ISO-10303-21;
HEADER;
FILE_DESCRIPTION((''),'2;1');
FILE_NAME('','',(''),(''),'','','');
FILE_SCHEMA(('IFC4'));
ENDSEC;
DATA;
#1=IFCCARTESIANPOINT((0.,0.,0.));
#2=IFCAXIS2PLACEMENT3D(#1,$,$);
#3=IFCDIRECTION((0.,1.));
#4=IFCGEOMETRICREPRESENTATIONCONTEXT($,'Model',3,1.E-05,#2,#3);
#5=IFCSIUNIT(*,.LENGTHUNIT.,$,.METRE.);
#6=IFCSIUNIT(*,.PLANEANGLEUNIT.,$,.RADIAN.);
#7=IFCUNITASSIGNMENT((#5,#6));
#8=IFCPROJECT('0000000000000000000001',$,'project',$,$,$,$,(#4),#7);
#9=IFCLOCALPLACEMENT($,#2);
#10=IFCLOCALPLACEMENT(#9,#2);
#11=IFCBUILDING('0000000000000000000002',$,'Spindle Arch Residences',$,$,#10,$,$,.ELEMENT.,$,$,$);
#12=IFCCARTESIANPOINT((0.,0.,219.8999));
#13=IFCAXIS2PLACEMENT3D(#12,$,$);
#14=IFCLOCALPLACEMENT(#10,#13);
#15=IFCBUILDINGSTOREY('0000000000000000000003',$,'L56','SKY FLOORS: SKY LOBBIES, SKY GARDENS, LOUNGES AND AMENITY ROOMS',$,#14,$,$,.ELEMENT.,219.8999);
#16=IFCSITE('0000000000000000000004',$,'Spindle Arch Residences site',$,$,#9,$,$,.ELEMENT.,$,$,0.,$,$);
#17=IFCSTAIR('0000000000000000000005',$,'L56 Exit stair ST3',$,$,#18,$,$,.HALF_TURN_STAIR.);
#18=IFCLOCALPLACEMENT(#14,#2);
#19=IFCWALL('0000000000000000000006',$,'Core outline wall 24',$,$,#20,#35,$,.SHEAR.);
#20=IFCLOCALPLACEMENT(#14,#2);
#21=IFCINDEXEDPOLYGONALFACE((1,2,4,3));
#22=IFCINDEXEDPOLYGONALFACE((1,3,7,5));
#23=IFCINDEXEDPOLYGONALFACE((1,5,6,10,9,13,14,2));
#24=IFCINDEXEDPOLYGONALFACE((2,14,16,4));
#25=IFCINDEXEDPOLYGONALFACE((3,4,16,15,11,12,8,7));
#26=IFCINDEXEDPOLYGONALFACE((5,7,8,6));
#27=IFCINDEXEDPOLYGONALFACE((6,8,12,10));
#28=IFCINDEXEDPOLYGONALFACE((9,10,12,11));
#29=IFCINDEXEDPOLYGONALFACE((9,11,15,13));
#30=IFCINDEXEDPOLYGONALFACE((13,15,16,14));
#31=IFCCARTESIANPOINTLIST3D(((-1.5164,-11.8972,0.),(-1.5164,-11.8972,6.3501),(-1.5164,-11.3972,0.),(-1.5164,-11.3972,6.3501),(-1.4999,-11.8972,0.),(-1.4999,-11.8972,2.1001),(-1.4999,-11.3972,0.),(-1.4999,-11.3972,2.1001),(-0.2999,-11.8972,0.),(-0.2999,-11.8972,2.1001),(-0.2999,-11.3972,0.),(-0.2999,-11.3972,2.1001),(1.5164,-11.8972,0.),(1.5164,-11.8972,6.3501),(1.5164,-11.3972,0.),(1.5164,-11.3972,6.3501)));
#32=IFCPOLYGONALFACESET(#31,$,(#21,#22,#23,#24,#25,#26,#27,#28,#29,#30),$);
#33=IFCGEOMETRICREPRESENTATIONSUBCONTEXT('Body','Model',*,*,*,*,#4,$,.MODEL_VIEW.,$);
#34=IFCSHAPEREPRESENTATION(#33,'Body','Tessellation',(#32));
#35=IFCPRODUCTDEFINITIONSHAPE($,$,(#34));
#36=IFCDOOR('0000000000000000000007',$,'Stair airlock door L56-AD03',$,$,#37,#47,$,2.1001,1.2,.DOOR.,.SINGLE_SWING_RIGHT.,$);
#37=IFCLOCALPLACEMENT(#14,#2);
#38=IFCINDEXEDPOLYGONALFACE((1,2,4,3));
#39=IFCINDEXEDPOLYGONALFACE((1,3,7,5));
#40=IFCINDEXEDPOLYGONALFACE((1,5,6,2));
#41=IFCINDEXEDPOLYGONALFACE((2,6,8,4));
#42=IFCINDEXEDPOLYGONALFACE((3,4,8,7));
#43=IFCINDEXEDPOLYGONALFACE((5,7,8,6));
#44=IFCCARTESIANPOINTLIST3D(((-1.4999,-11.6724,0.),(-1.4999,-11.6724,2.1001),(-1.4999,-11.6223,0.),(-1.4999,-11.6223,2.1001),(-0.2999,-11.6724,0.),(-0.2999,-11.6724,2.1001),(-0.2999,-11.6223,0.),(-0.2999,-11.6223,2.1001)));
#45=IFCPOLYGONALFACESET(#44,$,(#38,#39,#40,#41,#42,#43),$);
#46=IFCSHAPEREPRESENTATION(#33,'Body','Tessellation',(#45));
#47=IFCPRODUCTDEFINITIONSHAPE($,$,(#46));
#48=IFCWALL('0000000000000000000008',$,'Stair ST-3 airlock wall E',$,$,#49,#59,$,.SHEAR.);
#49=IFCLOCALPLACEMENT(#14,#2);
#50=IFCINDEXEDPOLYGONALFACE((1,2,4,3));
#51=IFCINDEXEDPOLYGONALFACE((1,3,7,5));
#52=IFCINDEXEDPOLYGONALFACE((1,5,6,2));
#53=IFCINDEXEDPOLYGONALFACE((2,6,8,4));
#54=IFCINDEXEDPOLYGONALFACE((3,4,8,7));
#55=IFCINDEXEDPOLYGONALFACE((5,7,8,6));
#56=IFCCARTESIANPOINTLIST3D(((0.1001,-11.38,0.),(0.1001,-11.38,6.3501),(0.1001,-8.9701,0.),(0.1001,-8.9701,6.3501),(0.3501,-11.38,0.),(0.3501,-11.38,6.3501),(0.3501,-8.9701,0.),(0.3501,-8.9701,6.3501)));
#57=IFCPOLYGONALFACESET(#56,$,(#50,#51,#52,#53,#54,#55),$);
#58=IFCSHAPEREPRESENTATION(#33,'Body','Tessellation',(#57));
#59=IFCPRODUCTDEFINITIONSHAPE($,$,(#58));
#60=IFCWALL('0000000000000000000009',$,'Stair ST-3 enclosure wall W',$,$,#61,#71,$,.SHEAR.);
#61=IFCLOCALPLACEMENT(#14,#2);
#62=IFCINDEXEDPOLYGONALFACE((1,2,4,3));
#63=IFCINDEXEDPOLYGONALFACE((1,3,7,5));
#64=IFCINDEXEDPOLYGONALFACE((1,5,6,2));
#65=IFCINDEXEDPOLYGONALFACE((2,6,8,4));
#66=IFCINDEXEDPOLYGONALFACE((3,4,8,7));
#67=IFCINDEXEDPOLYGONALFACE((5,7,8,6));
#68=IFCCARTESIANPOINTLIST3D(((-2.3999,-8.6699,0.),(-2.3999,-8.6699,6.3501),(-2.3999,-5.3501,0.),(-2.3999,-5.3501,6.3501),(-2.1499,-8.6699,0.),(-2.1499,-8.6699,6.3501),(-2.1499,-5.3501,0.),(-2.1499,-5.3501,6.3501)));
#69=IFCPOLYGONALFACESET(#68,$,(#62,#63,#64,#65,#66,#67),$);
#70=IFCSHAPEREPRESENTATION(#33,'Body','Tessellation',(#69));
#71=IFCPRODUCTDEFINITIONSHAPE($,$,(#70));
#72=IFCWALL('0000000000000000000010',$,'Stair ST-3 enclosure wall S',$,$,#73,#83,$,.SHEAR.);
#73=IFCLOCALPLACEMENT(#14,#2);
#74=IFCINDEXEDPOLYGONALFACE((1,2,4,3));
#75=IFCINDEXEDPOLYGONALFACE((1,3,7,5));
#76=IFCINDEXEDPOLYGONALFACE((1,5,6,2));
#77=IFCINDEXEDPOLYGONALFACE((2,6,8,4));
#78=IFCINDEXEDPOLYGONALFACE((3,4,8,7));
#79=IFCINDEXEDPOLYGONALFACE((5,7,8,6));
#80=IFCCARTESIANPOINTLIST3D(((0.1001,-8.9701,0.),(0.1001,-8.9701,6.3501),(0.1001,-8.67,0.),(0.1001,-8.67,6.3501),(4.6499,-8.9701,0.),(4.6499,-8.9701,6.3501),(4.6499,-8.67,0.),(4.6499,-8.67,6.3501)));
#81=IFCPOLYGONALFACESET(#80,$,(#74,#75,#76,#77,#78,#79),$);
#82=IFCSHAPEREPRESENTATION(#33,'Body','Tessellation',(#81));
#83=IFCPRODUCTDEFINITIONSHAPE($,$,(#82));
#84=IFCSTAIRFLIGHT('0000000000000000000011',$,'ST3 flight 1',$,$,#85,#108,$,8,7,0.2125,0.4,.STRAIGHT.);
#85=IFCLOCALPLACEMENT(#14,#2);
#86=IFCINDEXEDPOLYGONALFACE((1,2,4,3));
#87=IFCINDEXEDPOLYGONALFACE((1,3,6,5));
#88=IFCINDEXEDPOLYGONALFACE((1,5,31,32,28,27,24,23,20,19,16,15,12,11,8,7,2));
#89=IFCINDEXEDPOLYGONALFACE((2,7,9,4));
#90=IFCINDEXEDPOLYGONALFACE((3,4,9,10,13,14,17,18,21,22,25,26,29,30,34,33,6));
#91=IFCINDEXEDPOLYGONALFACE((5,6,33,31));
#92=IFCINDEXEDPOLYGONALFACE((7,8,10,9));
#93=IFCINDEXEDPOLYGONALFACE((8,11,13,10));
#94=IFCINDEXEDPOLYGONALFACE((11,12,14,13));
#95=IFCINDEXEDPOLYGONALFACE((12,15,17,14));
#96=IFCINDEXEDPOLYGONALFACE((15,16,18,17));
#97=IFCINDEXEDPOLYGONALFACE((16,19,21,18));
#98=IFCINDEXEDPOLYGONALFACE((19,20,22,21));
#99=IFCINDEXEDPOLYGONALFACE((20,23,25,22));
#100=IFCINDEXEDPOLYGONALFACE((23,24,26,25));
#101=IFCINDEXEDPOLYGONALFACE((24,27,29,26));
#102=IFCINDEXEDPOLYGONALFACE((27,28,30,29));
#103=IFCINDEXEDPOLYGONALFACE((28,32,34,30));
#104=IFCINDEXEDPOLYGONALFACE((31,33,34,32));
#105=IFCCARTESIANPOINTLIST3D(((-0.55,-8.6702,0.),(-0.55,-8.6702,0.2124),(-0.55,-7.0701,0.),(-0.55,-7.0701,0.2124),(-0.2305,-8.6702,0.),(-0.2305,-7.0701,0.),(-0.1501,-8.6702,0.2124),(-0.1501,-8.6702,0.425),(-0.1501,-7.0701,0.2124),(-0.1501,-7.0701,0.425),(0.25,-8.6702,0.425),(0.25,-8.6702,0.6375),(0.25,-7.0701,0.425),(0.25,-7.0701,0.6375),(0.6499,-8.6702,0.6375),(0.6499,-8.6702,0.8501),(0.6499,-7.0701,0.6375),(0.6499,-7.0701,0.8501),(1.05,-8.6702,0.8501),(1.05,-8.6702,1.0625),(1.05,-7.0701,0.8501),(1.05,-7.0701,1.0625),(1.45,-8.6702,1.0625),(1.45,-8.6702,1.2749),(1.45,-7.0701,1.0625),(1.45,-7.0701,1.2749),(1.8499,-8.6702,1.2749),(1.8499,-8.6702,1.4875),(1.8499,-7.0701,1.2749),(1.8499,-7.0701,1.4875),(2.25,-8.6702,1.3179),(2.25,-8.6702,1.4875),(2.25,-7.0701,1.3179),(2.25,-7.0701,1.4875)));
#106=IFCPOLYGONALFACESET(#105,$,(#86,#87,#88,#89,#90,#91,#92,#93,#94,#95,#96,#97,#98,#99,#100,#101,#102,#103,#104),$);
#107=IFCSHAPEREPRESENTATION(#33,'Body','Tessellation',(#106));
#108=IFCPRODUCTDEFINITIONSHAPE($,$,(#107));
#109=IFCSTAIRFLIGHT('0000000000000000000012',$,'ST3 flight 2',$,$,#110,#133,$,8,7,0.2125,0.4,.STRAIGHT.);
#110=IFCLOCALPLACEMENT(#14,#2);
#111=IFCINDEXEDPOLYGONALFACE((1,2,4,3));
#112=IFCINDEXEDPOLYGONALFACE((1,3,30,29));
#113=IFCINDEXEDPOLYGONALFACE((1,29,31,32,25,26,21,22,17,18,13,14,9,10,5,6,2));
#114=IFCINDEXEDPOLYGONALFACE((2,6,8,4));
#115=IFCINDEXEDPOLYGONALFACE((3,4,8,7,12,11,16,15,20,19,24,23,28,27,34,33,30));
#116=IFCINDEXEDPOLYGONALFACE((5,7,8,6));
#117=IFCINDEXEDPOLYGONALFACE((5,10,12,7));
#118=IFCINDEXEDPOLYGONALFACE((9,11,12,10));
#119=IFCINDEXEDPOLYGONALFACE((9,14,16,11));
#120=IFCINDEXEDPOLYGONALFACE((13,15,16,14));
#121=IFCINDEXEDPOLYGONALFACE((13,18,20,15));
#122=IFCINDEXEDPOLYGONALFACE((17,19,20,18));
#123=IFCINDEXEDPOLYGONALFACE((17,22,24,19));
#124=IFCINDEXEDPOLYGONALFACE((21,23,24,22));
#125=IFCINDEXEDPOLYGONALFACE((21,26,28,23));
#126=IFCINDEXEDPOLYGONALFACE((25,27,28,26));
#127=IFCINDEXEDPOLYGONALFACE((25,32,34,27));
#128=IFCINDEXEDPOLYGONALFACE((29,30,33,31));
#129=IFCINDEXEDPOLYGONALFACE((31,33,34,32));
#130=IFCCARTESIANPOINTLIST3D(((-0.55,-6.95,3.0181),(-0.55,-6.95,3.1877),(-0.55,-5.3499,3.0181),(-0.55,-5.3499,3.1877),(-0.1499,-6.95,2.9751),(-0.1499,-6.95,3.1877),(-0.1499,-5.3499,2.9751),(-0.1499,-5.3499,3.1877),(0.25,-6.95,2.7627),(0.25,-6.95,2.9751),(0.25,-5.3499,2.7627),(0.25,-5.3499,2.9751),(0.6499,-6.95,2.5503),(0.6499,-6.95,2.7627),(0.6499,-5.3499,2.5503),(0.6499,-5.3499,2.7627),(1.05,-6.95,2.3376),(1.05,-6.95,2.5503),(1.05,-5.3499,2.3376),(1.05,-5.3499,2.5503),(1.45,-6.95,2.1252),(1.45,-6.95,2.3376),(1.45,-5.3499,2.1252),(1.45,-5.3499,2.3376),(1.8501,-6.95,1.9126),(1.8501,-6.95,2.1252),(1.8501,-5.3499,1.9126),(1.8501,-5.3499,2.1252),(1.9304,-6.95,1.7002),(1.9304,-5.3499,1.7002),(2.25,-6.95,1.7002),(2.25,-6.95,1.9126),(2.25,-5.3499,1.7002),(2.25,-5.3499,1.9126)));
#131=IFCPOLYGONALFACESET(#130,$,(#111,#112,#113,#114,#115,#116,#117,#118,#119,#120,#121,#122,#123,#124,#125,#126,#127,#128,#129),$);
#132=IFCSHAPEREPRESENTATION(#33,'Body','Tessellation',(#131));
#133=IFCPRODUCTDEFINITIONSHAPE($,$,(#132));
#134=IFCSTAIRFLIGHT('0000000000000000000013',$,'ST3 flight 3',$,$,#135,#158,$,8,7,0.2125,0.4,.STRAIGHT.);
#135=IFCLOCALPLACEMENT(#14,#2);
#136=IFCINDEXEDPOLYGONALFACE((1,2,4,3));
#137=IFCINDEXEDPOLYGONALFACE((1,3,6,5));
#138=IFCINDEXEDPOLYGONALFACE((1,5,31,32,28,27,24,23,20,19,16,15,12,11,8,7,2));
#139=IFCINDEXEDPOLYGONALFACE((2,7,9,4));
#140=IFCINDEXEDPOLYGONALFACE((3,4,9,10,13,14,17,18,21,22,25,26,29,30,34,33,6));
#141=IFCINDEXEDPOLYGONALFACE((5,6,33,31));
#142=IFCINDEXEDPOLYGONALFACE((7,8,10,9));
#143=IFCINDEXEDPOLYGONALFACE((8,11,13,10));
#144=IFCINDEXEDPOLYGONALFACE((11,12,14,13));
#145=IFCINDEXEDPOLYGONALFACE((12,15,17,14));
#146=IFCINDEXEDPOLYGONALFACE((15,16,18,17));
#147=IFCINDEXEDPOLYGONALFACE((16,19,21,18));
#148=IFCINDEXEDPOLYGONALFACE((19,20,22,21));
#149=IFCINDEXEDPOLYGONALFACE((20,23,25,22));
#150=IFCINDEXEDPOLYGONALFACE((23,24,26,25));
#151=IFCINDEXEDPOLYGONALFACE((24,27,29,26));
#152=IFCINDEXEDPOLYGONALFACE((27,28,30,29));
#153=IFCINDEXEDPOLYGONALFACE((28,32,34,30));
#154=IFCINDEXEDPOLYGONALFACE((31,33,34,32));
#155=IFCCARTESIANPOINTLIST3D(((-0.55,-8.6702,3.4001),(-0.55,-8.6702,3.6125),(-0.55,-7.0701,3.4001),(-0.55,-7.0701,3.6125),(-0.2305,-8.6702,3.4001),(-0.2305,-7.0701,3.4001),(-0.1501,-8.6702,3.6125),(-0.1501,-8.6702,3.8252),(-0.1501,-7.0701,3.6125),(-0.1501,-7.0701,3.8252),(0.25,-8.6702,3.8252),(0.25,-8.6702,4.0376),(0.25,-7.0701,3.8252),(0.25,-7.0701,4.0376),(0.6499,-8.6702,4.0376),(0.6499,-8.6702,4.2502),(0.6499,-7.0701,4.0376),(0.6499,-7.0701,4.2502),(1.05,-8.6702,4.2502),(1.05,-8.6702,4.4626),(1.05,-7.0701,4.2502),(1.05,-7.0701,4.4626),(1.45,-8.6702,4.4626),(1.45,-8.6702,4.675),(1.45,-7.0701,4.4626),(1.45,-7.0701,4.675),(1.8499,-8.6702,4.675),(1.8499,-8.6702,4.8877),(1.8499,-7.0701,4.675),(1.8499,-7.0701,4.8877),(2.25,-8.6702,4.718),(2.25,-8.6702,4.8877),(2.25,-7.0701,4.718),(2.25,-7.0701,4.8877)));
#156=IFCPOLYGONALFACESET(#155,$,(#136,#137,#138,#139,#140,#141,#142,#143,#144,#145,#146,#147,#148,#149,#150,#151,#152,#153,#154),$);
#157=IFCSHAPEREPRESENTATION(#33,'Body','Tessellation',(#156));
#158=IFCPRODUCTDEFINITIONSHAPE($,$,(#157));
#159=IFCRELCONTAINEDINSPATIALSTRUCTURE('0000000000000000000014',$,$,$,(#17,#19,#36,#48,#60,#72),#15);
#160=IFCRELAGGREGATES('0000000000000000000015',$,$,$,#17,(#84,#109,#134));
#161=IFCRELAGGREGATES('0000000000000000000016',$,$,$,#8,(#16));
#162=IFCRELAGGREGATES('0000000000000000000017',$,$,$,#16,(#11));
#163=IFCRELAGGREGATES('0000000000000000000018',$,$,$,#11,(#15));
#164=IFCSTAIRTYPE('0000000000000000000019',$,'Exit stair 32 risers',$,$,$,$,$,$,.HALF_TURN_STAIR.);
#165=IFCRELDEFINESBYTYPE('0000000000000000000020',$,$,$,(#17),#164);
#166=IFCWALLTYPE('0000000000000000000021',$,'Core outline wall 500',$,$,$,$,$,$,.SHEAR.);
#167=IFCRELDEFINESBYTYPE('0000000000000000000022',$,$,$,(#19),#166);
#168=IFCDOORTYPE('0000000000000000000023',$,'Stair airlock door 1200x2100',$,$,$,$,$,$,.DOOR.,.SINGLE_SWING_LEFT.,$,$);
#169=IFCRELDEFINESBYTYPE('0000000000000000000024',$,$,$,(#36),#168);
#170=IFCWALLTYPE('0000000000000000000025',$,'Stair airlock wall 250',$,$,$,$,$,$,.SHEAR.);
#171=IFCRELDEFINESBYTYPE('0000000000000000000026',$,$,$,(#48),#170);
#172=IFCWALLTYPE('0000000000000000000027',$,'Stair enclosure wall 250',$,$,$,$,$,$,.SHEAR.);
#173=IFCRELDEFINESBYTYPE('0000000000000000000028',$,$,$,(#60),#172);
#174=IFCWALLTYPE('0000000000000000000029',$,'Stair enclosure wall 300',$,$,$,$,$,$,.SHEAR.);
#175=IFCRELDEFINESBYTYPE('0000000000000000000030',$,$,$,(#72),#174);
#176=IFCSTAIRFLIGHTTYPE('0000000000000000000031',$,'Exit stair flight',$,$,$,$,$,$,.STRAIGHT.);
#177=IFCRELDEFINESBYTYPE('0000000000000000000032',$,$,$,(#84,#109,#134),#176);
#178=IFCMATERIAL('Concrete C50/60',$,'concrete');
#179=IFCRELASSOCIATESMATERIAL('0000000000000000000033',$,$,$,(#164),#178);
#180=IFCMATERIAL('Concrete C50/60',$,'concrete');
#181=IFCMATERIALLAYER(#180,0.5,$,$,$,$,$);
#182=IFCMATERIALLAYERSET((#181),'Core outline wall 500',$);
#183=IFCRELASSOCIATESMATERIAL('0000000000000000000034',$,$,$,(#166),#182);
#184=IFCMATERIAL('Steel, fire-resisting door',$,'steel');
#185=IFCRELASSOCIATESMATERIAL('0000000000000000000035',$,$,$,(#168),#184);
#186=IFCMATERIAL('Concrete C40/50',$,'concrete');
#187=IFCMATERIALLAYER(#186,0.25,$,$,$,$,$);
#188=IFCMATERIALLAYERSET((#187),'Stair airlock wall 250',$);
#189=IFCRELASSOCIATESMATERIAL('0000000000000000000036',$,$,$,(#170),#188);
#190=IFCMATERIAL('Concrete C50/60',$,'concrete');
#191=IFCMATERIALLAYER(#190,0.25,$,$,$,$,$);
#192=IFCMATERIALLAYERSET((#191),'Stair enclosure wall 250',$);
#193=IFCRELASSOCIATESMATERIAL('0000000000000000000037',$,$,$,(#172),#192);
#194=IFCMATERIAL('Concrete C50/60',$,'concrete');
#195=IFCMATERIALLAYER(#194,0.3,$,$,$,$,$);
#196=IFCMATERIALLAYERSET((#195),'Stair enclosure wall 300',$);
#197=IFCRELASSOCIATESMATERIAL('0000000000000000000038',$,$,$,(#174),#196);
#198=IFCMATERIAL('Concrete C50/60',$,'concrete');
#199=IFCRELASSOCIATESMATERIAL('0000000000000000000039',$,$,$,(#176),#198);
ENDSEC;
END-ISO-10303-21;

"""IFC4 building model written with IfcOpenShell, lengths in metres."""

from ifc_helpers import new_model, si_unit, direction, frame, frame_2d, origin, place, context, subcontext, project, spatial, polyline, rectangle, outline, extrude, material, layer, layer_set, type_object, element, fill, aggregate, save


model = new_model("IFC4")

# Units and contexts
model_context = context("Model", 3, precision=1e-05, world=origin(), true_north=direction((0.0, 1.0)))
body_context = subcontext(model_context, "Body", "Model", "MODEL_VIEW")
ifc_project = project(units=[si_unit("LENGTHUNIT", "METRE"), si_unit("PLANEANGLEUNIT", "RADIAN")], contexts=[model_context])

# Site, building, storey
site_placement = place(None, origin())
site = spatial("IfcSite", under=ifc_project, at=site_placement, Name="Spindle Arch Residences site", CompositionType="ELEMENT", RefElevation=0.0)
building_placement = place(site_placement, origin())
building = spatial("IfcBuilding", under=site, at=building_placement, Name="Spindle Arch Residences", CompositionType="ELEMENT")
storey_placement = place(building_placement, frame((0.0, 0.0, 219.8999)))
storey = spatial("IfcBuildingStorey", under=building, at=storey_placement, Name="L56", Description="SKY FLOORS: SKY LOBBIES, SKY GARDENS, LOUNGES AND AMENITY ROOMS", CompositionType="ELEMENT", Elevation=219.8999)

# Stair
ifc_material_1 = material(Name="Concrete C50/60", Category="concrete")
stair_type = type_object("IfcStairType", Name="Exit stair 32 risers", PredefinedType="HALF_TURN_STAIR", material=ifc_material_1)
stair_1_placement = place(storey_placement, origin())
stair_1 = element("IfcStair", 1, at=stair_1_placement, inside=storey, type_object=stair_type, Name="L56 Exit stair ST3", PredefinedType="HALF_TURN_STAIR")

# Shared definitions
ifc_material_2 = material(Name="Concrete C50/60", Category="concrete")
ifc_layer_1 = layer(ifc_material_2, 0.5)
ifc_layer_set_1 = layer_set([ifc_layer_1], Name="Core outline wall 500")
wall_type_1 = type_object("IfcWallType", Name="Core outline wall 500", PredefinedType="SHEAR", material=ifc_layer_set_1)

# Wall, opening, door
wall_1_placement = place(storey_placement, frame((-1.5164, -11.6472, 0.0), z_axis=(0.0, 0.0, 1.0), x_axis=(1.0, 0.0, 0.0)))
wall_1 = element("IfcWall", 2, at=wall_1_placement, inside=storey, type_object=wall_type_1, Name="Core outline wall 24", PredefinedType="SHEAR", context=body_context, shape_type="SweptSolid", body=[
    extrude(rectangle(XDim=3.0327, YDim=0.5, at=frame_2d((1.5164, 0.0))), origin(), (0.0, 0.0, 1.0), 6.3501),
])
opening_placement = place(wall_1_placement, frame((0.0164, 0.0, 0.0)))
opening = element("IfcOpeningElement", 3, at=opening_placement, cuts=wall_1, PredefinedType="OPENING", context=body_context, shape_type="SweptSolid", body=[
    extrude(rectangle(XDim=1.2, YDim=2.1001, at=frame_2d((0.6001, 1.05))), frame((0.0, 0.26, 0.0), z_axis=(0.0, -1.0, 0.0), x_axis=(1.0, 0.0, 0.0)), (0.0, 0.0, 1.0), 0.52),
])
ifc_material_3 = material(Name="Steel, fire-resisting door", Category="steel")
door_type = type_object("IfcDoorType", Name="Stair airlock door 1200x2100", OperationType="SINGLE_SWING_LEFT", PredefinedType="DOOR", material=ifc_material_3)
door_placement = place(opening_placement, origin())
door = element("IfcDoor", 4, at=door_placement, inside=storey, type_object=door_type, Name="Stair airlock door L56-AD03", OperationType="SINGLE_SWING_RIGHT", OverallHeight=2.1001, OverallWidth=1.2, PredefinedType="DOOR", context=body_context, shape_type="SweptSolid", body=[
    extrude(rectangle(XDim=1.2, YDim=2.1001, at=frame_2d((0.6001, 1.05))), frame((0.0, 0.0249, 0.0), z_axis=(0.0, -1.0, 0.0), x_axis=(1.0, 0.0, 0.0)), (0.0, 0.0, 1.0), 0.05),
])
fill(opening, door)

# Walls
ifc_material_4 = material(Name="Concrete C40/50", Category="concrete")
ifc_layer_2 = layer(ifc_material_4, 0.25)
ifc_layer_set_2 = layer_set([ifc_layer_2], Name="Stair airlock wall 250")
wall_type_2 = type_object("IfcWallType", Name="Stair airlock wall 250", PredefinedType="SHEAR", material=ifc_layer_set_2)
wall_2_placement = place(storey_placement, frame((0.2251, -8.97, 0.0), z_axis=(0.0, 0.0, 1.0), x_axis=(0.0, -1.0, 0.0)))
element("IfcWall", 5, at=wall_2_placement, inside=storey, type_object=wall_type_2, Name="Stair ST-3 airlock wall E", PredefinedType="SHEAR", context=body_context, shape_type="SweptSolid", body=[
    extrude(rectangle(XDim=2.4099, YDim=0.25, at=frame_2d((1.2051, 0.0))), origin(), (0.0, 0.0, 1.0), 6.3501),
])
ifc_material_5 = material(Name="Concrete C50/60", Category="concrete")
ifc_layer_3 = layer(ifc_material_5, 0.25)
ifc_layer_set_3 = layer_set([ifc_layer_3], Name="Stair enclosure wall 250")
wall_type_3 = type_object("IfcWallType", Name="Stair enclosure wall 250", PredefinedType="SHEAR", material=ifc_layer_set_3)
wall_3_placement = place(storey_placement, frame((-2.2749, -8.6699, 0.0), z_axis=(0.0, 0.0, 1.0), x_axis=(0.0, 1.0, 0.0)))
element("IfcWall", 6, at=wall_3_placement, inside=storey, type_object=wall_type_3, Name="Stair ST-3 enclosure wall W", PredefinedType="SHEAR", context=body_context, shape_type="SweptSolid", body=[
    extrude(rectangle(XDim=3.3198, YDim=0.25, at=frame_2d((1.6599, 0.0))), origin(), (0.0, 0.0, 1.0), 6.3501),
])
ifc_material_6 = material(Name="Concrete C50/60", Category="concrete")
ifc_layer_4 = layer(ifc_material_6, 0.3)
ifc_layer_set_4 = layer_set([ifc_layer_4], Name="Stair enclosure wall 300")
wall_type_4 = type_object("IfcWallType", Name="Stair enclosure wall 300", PredefinedType="SHEAR", material=ifc_layer_set_4)
wall_4_placement = place(storey_placement, frame((0.1001, -8.8201, 0.0), z_axis=(0.0, 0.0, 1.0), x_axis=(1.0, 0.0, 0.0)))
element("IfcWall", 7, at=wall_4_placement, inside=storey, type_object=wall_type_4, Name="Stair ST-3 enclosure wall S", PredefinedType="SHEAR", context=body_context, shape_type="SweptSolid", body=[
    extrude(rectangle(XDim=4.5498, YDim=0.3, at=frame_2d((2.2749, 0.0))), origin(), (0.0, 0.0, 1.0), 6.3501),
])

# Stair flights
ifc_material_7 = material(Name="Concrete C50/60", Category="concrete")
stair_flight_type = type_object("IfcStairFlightType", Name="Exit stair flight", PredefinedType="STRAIGHT", material=ifc_material_7)
stair_flight_1_placement = place(storey_placement, frame((-0.55, -7.8701, 0.0), z_axis=(0.0, 0.0, 1.0), x_axis=(1.0, 0.0, 0.0)))
stair_flight_1 = element("IfcStairFlight", 8, at=stair_flight_1_placement, type_object=stair_flight_type, Name="ST3 flight 1", NumberOfRisers=8, NumberOfTreads=7, PredefinedType="STRAIGHT", RiserHeight=0.2125, TreadLength=0.4, context=body_context, shape_type="SweptSolid", body=[
    extrude(outline(polyline([(0.0, 0.0), (0.0, 0.2124), (0.3999, 0.2124), (0.3999, 0.425), (0.8, 0.425), (0.8, 0.6375), (1.2, 0.6375), (1.2, 0.8501), (1.6001, 0.8501), (1.6001, 1.0625), (2.0, 1.0625), (2.0, 1.2749), (2.3999, 1.2749), (2.3999, 1.4875), (2.8, 1.4875), (2.8, 1.7), (2.8, 1.3179), (0.3196, 0.0), (0.0, 0.0)])), frame((0.0, 0.8, 0.0), z_axis=(0.0, -1.0, 0.0), x_axis=(1.0, 0.0, 0.0)), (0.0, 0.0, 1.0), 1.6001),
])
stair_flight_2_placement = place(storey_placement, frame((2.25, -6.1499, 1.7002), z_axis=(0.0, 0.0, 1.0), x_axis=(-1.0, 0.0, 0.0)))
stair_flight_2 = element("IfcStairFlight", 9, at=stair_flight_2_placement, type_object=stair_flight_type, Name="ST3 flight 2", NumberOfRisers=8, NumberOfTreads=7, PredefinedType="STRAIGHT", RiserHeight=0.2125, TreadLength=0.4, context=body_context, shape_type="SweptSolid", body=[
    extrude(outline(polyline([(0.0, 0.0), (0.0, 0.2124), (0.3999, 0.2124), (0.3999, 0.425), (0.8, 0.425), (0.8, 0.6375), (1.2, 0.6375), (1.2, 0.8501), (1.6001, 0.8501), (1.6001, 1.0625), (2.0, 1.0625), (2.0, 1.2749), (2.3999, 1.2749), (2.3999, 1.4875), (2.8, 1.4875), (2.8, 1.7), (2.8, 1.3179), (0.3196, 0.0), (0.0, 0.0)])), frame((0.0, 0.8, 0.0), z_axis=(0.0, -1.0, 0.0), x_axis=(1.0, 0.0, 0.0)), (0.0, 0.0, 1.0), 1.6001),
])
stair_flight_3_placement = place(storey_placement, frame((-0.55, -7.8701, 3.4001), z_axis=(0.0, 0.0, 1.0), x_axis=(1.0, 0.0, 0.0)))
stair_flight_3 = element("IfcStairFlight", 10, at=stair_flight_3_placement, type_object=stair_flight_type, Name="ST3 flight 3", NumberOfRisers=8, NumberOfTreads=7, PredefinedType="STRAIGHT", RiserHeight=0.2125, TreadLength=0.4, context=body_context, shape_type="SweptSolid", body=[
    extrude(outline(polyline([(0.0, 0.0), (0.0, 0.2124), (0.3999, 0.2124), (0.3999, 0.425), (0.8, 0.425), (0.8, 0.6375), (1.2, 0.6375), (1.2, 0.8501), (1.6001, 0.8501), (1.6001, 1.0625), (2.0, 1.0625), (2.0, 1.2749), (2.3999, 1.2749), (2.3999, 1.4875), (2.8, 1.4875), (2.8, 1.7), (2.8, 1.3179), (0.3196, 0.0), (0.0, 0.0)])), frame((0.0, 0.8, 0.0), z_axis=(0.0, -1.0, 0.0), x_axis=(1.0, 0.0, 0.0)), (0.0, 0.0, 1.0), 1.6001),
])
aggregate(stair_1, [stair_flight_1, stair_flight_2, stair_flight_3])

save(model, "model.ifc")
